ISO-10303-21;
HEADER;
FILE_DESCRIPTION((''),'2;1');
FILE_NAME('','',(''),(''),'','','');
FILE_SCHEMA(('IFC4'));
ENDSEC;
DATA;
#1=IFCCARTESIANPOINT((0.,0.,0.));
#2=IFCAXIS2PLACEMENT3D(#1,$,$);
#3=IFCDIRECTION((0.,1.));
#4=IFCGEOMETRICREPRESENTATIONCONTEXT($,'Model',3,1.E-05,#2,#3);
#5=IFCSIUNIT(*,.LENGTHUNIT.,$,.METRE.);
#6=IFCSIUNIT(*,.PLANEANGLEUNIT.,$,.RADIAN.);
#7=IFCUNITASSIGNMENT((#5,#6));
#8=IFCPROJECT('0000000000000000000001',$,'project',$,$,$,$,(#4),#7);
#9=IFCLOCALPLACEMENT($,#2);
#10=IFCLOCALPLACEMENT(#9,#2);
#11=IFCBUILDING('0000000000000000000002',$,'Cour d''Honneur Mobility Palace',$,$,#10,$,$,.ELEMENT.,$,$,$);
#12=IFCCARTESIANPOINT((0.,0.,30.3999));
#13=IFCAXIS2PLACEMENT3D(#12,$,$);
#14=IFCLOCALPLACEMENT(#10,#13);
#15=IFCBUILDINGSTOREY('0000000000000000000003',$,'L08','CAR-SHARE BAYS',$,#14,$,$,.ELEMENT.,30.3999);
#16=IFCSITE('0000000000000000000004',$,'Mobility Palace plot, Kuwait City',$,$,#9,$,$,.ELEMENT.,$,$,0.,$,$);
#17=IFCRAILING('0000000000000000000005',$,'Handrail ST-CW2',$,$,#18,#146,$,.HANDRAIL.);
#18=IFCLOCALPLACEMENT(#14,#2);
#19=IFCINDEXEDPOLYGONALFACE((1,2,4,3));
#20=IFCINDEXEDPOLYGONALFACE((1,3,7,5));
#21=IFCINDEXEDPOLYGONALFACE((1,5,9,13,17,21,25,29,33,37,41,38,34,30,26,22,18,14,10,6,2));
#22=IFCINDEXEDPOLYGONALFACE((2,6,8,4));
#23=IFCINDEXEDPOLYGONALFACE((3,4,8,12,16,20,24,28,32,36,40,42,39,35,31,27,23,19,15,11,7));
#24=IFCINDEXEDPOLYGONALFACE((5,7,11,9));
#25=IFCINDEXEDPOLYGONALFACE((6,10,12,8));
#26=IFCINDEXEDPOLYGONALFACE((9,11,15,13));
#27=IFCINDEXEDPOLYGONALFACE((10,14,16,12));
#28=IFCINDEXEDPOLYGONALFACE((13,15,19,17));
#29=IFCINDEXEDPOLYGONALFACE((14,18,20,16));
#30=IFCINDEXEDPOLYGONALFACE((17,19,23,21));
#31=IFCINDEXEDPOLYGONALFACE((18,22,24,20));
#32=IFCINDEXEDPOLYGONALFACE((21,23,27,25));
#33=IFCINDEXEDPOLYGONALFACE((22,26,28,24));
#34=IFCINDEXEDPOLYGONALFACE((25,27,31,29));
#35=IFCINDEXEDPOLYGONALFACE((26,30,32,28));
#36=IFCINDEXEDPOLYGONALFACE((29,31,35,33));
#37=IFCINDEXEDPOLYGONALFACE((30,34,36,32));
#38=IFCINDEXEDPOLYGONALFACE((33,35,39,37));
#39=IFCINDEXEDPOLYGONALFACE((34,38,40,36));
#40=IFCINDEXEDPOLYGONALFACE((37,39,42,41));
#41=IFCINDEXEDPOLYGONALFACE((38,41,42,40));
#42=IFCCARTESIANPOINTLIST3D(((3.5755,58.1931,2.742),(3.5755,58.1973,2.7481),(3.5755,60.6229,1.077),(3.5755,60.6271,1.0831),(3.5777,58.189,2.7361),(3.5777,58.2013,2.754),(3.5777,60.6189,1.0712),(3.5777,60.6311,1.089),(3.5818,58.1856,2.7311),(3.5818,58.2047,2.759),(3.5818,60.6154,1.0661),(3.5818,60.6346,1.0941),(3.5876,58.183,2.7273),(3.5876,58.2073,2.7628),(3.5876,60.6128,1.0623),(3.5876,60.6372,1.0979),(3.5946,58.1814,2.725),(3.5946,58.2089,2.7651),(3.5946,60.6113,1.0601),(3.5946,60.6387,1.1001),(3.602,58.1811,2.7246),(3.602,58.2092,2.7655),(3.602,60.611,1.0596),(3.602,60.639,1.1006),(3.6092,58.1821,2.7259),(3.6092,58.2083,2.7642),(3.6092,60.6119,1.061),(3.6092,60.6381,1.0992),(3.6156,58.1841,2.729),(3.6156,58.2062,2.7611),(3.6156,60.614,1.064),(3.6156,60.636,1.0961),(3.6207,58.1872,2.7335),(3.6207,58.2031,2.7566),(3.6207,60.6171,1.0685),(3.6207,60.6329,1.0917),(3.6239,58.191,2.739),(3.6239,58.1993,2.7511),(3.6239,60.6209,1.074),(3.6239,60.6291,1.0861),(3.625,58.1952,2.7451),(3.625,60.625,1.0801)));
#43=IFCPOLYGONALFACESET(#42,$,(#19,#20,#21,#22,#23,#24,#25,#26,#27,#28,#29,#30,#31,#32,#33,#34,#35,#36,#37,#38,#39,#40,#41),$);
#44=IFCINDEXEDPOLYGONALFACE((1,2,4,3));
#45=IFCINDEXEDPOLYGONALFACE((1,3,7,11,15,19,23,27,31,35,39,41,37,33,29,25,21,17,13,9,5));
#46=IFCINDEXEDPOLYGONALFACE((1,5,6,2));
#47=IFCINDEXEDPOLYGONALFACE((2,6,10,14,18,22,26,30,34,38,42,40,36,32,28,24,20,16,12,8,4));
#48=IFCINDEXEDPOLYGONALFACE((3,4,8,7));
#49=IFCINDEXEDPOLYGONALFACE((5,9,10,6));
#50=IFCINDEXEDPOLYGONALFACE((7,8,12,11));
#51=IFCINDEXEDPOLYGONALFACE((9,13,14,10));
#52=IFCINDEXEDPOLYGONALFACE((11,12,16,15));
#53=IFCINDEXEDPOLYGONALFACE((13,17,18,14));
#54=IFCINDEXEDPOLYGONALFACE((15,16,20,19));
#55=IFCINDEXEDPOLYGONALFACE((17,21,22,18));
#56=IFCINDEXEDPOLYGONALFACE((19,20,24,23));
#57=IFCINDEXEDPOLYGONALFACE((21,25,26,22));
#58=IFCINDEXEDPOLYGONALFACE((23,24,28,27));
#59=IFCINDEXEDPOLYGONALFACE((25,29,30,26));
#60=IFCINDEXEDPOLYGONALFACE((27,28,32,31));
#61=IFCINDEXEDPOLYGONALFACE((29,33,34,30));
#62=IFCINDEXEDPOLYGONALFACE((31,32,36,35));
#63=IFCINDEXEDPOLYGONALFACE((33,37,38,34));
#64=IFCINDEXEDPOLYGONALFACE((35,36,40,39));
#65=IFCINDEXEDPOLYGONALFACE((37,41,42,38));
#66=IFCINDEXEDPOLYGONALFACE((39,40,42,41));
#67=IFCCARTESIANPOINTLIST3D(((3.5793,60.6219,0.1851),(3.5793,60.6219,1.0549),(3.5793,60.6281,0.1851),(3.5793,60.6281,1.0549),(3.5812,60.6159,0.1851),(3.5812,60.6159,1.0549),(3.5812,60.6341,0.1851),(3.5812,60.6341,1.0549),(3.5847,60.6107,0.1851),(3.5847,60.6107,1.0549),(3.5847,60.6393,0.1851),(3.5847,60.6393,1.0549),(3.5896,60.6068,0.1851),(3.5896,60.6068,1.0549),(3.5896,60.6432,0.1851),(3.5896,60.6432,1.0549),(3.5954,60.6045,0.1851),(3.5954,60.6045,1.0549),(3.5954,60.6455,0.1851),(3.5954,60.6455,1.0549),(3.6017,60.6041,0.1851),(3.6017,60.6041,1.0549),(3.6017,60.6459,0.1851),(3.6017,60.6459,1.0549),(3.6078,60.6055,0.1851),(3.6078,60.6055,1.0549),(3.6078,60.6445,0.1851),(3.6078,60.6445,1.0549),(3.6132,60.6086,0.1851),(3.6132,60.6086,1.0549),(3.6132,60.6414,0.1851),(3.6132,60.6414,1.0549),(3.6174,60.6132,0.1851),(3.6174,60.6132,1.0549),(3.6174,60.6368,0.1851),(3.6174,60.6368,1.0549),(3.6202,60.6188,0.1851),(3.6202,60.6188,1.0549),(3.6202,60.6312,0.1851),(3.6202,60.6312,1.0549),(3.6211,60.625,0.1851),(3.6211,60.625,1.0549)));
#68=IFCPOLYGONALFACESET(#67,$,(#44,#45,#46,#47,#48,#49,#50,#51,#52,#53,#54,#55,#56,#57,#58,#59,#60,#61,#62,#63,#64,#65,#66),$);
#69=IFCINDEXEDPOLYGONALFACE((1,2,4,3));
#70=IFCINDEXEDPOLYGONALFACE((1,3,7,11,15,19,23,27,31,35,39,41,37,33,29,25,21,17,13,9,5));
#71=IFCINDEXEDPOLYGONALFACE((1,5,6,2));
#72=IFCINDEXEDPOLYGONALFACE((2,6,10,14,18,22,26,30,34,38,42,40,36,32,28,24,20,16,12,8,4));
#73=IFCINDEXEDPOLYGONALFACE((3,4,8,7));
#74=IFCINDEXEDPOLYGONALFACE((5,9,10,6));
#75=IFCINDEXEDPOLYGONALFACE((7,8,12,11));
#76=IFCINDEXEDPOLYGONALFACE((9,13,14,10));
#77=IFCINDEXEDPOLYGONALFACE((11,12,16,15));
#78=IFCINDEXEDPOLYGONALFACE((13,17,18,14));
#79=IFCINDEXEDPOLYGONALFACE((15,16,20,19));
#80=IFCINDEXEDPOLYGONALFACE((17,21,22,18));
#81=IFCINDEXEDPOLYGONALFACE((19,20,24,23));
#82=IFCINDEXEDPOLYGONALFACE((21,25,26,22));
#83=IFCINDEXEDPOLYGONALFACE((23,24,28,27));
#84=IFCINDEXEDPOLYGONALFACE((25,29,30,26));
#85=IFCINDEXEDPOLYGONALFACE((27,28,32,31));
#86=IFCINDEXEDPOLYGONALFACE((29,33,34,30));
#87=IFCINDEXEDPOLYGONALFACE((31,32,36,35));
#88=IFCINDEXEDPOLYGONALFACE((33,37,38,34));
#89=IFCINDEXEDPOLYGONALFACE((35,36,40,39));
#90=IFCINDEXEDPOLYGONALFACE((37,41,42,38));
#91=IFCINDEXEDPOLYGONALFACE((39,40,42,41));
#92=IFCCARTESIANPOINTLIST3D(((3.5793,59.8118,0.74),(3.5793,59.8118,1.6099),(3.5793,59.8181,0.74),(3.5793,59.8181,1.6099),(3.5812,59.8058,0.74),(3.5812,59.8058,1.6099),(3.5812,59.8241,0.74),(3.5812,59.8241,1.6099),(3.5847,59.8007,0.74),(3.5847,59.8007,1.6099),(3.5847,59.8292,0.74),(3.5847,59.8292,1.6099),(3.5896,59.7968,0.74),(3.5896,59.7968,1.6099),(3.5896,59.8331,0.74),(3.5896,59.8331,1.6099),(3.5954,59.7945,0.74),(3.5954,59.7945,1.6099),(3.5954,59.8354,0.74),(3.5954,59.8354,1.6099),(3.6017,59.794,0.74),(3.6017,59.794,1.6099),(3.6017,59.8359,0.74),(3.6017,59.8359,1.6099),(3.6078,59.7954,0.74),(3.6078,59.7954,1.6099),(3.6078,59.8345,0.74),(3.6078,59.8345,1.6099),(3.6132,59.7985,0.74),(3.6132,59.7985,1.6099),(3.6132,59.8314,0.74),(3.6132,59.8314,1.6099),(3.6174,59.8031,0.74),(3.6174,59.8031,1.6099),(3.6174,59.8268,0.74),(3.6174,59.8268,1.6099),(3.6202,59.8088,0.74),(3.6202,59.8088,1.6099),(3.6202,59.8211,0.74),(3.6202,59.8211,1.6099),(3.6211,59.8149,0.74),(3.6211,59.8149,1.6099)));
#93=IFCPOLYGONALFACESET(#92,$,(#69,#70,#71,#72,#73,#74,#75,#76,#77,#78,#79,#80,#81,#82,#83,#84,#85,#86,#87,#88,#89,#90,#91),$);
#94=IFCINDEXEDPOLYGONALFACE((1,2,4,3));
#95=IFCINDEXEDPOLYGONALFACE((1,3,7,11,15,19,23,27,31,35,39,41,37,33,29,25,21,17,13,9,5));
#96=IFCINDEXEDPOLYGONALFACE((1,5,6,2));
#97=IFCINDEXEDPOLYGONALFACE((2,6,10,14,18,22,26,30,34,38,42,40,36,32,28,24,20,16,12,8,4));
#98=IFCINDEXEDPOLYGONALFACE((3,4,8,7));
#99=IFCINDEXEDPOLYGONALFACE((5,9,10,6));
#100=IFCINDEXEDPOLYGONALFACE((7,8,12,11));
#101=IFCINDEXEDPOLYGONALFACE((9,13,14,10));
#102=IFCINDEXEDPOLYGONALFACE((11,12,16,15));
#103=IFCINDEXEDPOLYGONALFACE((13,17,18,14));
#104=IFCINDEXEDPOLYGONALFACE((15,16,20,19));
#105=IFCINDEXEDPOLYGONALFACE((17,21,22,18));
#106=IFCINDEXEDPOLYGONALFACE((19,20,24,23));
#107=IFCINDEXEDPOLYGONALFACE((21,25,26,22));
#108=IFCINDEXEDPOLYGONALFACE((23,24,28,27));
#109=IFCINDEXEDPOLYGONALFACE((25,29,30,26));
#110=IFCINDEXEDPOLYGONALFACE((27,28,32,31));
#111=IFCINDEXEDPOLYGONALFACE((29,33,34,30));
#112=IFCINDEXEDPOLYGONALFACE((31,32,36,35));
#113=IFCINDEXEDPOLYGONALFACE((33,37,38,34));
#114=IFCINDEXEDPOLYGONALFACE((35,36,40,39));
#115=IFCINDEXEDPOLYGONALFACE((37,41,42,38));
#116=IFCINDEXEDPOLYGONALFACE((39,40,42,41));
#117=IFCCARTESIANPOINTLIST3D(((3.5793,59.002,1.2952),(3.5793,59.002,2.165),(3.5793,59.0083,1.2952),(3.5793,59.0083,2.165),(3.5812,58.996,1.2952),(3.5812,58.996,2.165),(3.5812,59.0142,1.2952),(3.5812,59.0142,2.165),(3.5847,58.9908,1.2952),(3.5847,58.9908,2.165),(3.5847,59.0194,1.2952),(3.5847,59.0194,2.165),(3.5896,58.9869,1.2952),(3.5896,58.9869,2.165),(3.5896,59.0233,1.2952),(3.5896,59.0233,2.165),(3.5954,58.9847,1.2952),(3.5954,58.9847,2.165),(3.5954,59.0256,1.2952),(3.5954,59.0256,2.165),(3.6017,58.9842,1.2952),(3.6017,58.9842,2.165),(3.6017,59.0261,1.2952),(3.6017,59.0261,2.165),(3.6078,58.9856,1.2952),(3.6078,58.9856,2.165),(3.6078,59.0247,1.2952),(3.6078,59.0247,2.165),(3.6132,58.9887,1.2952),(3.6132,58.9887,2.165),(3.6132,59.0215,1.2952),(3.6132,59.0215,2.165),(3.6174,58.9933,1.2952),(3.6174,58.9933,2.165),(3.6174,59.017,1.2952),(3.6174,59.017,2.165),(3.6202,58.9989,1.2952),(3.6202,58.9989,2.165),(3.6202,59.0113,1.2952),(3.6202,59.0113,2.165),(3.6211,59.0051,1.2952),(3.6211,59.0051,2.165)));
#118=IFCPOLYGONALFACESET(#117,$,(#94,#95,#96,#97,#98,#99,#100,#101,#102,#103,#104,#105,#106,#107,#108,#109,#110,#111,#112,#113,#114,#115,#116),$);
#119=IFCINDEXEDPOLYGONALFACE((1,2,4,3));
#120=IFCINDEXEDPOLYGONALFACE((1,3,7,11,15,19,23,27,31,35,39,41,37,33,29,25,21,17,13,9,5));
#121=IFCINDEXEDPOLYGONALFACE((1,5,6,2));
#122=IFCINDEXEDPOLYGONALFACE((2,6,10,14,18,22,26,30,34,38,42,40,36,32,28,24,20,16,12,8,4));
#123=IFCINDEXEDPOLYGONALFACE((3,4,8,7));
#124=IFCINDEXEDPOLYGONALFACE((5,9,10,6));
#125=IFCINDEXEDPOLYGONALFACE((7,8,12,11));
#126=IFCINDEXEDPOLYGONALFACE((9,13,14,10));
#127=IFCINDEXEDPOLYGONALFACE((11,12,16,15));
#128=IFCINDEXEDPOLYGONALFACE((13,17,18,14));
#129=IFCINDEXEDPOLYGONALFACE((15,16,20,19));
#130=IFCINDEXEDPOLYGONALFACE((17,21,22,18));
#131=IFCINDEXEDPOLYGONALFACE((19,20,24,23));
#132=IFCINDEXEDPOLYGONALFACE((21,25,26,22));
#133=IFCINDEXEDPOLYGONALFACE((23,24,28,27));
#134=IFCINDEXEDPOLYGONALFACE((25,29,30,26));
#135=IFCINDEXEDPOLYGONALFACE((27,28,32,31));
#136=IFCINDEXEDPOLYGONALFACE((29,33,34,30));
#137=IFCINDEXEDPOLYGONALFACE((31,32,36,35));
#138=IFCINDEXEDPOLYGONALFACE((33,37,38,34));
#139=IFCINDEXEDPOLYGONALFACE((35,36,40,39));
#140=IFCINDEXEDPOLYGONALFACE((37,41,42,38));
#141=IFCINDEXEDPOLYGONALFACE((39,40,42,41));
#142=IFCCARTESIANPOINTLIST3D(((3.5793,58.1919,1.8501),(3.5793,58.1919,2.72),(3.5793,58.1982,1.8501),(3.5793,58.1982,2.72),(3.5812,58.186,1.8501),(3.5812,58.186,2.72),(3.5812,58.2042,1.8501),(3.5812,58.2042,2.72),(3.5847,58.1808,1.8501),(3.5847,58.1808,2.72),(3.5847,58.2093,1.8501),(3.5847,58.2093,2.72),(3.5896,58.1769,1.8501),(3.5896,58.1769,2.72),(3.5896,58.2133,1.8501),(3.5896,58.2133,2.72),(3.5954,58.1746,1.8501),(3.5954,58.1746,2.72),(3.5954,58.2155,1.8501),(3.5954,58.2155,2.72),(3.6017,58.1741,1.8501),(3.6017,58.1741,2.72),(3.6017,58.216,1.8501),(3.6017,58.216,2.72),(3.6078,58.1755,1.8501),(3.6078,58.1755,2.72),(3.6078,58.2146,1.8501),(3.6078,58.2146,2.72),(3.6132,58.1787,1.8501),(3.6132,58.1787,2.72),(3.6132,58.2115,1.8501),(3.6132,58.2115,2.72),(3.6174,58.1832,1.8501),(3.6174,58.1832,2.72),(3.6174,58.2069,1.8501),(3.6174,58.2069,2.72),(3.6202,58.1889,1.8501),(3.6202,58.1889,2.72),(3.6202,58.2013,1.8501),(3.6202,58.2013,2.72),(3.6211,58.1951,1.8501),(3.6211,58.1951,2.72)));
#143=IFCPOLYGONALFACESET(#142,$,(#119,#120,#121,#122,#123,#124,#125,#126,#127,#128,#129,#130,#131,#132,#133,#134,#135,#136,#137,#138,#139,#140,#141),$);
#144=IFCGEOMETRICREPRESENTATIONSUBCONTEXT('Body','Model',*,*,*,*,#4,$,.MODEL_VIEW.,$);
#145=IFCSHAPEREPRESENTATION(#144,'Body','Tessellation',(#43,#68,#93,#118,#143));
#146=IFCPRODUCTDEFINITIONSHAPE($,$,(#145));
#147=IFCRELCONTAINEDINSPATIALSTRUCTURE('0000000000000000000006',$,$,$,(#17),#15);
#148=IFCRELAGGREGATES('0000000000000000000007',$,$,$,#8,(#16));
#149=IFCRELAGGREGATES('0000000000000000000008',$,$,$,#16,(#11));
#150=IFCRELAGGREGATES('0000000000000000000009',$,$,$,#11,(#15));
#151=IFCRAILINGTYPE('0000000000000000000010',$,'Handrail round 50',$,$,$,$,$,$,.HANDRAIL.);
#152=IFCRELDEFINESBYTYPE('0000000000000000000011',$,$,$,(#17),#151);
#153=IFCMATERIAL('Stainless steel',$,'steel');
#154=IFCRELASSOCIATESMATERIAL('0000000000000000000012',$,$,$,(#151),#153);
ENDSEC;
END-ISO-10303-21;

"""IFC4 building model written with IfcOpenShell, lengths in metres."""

from ifc_helpers import new_model, si_unit, direction, frame, origin, origin_2d, place, context, subcontext, project, spatial, circle, extrude, material, type_object, element, save


model = new_model("IFC4")

# Units and contexts
model_context = context("Model", 3, precision=1e-05, world=origin(), true_north=direction((0.0, 1.0)))
body_context = subcontext(model_context, "Body", "Model", "MODEL_VIEW")
ifc_project = project(units=[si_unit("LENGTHUNIT", "METRE"), si_unit("PLANEANGLEUNIT", "RADIAN")], contexts=[model_context])

# Site, building, storey
site_placement = place(None, origin())
site = spatial("IfcSite", under=ifc_project, at=site_placement, Name="Mobility Palace plot, Kuwait City", CompositionType="ELEMENT", RefElevation=0.0)
building_placement = place(site_placement, origin())
building = spatial("IfcBuilding", under=site, at=building_placement, Name="Cour d'Honneur Mobility Palace", CompositionType="ELEMENT")
storey_placement = place(building_placement, frame((0.0, 0.0, 30.3999)))
storey = spatial("IfcBuildingStorey", under=building, at=storey_placement, Name="L08", Description="CAR-SHARE BAYS", CompositionType="ELEMENT", Elevation=30.3999)

# Railing
ifc_material_1 = material(Name="Stainless steel", Category="steel")
railing_type_1 = type_object("IfcRailingType", Name="Handrail round 50", PredefinedType="HANDRAIL", material=ifc_material_1)
railing_1_placement = place(storey_placement, frame((3.6001, 60.625, 0.1851)))
element("IfcRailing", 1, at=railing_1_placement, inside=storey, type_object=railing_type_1, Name="Handrail ST-CW2", PredefinedType="HANDRAIL", context=body_context, shape_type="SweptSolid", body=[
    extrude(circle(Radius=0.0249, at=origin_2d()), frame((0.0, 0.0, 0.895), z_axis=(0.0, -0.824919, 0.565251), x_axis=(1.0, 0.0, 0.0)), (0.0, 0.0, 1.0), 2.9456),
    extrude(circle(Radius=0.021, at=origin_2d()), origin(), (0.0, 0.0, 1.0), 0.8699),
    extrude(circle(Radius=0.021, at=origin_2d()), frame((0.0, -0.8101, 0.5549)), (0.0, 0.0, 1.0), 0.8699),
    extrude(circle(Radius=0.021, at=origin_2d()), frame((0.0, -1.6199, 1.1101)), (0.0, 0.0, 1.0), 0.8699),
    extrude(circle(Radius=0.021, at=origin_2d()), frame((0.0, -2.4299, 1.665)), (0.0, 0.0, 1.0), 0.8699),
])

save(model, "model.ifc")
